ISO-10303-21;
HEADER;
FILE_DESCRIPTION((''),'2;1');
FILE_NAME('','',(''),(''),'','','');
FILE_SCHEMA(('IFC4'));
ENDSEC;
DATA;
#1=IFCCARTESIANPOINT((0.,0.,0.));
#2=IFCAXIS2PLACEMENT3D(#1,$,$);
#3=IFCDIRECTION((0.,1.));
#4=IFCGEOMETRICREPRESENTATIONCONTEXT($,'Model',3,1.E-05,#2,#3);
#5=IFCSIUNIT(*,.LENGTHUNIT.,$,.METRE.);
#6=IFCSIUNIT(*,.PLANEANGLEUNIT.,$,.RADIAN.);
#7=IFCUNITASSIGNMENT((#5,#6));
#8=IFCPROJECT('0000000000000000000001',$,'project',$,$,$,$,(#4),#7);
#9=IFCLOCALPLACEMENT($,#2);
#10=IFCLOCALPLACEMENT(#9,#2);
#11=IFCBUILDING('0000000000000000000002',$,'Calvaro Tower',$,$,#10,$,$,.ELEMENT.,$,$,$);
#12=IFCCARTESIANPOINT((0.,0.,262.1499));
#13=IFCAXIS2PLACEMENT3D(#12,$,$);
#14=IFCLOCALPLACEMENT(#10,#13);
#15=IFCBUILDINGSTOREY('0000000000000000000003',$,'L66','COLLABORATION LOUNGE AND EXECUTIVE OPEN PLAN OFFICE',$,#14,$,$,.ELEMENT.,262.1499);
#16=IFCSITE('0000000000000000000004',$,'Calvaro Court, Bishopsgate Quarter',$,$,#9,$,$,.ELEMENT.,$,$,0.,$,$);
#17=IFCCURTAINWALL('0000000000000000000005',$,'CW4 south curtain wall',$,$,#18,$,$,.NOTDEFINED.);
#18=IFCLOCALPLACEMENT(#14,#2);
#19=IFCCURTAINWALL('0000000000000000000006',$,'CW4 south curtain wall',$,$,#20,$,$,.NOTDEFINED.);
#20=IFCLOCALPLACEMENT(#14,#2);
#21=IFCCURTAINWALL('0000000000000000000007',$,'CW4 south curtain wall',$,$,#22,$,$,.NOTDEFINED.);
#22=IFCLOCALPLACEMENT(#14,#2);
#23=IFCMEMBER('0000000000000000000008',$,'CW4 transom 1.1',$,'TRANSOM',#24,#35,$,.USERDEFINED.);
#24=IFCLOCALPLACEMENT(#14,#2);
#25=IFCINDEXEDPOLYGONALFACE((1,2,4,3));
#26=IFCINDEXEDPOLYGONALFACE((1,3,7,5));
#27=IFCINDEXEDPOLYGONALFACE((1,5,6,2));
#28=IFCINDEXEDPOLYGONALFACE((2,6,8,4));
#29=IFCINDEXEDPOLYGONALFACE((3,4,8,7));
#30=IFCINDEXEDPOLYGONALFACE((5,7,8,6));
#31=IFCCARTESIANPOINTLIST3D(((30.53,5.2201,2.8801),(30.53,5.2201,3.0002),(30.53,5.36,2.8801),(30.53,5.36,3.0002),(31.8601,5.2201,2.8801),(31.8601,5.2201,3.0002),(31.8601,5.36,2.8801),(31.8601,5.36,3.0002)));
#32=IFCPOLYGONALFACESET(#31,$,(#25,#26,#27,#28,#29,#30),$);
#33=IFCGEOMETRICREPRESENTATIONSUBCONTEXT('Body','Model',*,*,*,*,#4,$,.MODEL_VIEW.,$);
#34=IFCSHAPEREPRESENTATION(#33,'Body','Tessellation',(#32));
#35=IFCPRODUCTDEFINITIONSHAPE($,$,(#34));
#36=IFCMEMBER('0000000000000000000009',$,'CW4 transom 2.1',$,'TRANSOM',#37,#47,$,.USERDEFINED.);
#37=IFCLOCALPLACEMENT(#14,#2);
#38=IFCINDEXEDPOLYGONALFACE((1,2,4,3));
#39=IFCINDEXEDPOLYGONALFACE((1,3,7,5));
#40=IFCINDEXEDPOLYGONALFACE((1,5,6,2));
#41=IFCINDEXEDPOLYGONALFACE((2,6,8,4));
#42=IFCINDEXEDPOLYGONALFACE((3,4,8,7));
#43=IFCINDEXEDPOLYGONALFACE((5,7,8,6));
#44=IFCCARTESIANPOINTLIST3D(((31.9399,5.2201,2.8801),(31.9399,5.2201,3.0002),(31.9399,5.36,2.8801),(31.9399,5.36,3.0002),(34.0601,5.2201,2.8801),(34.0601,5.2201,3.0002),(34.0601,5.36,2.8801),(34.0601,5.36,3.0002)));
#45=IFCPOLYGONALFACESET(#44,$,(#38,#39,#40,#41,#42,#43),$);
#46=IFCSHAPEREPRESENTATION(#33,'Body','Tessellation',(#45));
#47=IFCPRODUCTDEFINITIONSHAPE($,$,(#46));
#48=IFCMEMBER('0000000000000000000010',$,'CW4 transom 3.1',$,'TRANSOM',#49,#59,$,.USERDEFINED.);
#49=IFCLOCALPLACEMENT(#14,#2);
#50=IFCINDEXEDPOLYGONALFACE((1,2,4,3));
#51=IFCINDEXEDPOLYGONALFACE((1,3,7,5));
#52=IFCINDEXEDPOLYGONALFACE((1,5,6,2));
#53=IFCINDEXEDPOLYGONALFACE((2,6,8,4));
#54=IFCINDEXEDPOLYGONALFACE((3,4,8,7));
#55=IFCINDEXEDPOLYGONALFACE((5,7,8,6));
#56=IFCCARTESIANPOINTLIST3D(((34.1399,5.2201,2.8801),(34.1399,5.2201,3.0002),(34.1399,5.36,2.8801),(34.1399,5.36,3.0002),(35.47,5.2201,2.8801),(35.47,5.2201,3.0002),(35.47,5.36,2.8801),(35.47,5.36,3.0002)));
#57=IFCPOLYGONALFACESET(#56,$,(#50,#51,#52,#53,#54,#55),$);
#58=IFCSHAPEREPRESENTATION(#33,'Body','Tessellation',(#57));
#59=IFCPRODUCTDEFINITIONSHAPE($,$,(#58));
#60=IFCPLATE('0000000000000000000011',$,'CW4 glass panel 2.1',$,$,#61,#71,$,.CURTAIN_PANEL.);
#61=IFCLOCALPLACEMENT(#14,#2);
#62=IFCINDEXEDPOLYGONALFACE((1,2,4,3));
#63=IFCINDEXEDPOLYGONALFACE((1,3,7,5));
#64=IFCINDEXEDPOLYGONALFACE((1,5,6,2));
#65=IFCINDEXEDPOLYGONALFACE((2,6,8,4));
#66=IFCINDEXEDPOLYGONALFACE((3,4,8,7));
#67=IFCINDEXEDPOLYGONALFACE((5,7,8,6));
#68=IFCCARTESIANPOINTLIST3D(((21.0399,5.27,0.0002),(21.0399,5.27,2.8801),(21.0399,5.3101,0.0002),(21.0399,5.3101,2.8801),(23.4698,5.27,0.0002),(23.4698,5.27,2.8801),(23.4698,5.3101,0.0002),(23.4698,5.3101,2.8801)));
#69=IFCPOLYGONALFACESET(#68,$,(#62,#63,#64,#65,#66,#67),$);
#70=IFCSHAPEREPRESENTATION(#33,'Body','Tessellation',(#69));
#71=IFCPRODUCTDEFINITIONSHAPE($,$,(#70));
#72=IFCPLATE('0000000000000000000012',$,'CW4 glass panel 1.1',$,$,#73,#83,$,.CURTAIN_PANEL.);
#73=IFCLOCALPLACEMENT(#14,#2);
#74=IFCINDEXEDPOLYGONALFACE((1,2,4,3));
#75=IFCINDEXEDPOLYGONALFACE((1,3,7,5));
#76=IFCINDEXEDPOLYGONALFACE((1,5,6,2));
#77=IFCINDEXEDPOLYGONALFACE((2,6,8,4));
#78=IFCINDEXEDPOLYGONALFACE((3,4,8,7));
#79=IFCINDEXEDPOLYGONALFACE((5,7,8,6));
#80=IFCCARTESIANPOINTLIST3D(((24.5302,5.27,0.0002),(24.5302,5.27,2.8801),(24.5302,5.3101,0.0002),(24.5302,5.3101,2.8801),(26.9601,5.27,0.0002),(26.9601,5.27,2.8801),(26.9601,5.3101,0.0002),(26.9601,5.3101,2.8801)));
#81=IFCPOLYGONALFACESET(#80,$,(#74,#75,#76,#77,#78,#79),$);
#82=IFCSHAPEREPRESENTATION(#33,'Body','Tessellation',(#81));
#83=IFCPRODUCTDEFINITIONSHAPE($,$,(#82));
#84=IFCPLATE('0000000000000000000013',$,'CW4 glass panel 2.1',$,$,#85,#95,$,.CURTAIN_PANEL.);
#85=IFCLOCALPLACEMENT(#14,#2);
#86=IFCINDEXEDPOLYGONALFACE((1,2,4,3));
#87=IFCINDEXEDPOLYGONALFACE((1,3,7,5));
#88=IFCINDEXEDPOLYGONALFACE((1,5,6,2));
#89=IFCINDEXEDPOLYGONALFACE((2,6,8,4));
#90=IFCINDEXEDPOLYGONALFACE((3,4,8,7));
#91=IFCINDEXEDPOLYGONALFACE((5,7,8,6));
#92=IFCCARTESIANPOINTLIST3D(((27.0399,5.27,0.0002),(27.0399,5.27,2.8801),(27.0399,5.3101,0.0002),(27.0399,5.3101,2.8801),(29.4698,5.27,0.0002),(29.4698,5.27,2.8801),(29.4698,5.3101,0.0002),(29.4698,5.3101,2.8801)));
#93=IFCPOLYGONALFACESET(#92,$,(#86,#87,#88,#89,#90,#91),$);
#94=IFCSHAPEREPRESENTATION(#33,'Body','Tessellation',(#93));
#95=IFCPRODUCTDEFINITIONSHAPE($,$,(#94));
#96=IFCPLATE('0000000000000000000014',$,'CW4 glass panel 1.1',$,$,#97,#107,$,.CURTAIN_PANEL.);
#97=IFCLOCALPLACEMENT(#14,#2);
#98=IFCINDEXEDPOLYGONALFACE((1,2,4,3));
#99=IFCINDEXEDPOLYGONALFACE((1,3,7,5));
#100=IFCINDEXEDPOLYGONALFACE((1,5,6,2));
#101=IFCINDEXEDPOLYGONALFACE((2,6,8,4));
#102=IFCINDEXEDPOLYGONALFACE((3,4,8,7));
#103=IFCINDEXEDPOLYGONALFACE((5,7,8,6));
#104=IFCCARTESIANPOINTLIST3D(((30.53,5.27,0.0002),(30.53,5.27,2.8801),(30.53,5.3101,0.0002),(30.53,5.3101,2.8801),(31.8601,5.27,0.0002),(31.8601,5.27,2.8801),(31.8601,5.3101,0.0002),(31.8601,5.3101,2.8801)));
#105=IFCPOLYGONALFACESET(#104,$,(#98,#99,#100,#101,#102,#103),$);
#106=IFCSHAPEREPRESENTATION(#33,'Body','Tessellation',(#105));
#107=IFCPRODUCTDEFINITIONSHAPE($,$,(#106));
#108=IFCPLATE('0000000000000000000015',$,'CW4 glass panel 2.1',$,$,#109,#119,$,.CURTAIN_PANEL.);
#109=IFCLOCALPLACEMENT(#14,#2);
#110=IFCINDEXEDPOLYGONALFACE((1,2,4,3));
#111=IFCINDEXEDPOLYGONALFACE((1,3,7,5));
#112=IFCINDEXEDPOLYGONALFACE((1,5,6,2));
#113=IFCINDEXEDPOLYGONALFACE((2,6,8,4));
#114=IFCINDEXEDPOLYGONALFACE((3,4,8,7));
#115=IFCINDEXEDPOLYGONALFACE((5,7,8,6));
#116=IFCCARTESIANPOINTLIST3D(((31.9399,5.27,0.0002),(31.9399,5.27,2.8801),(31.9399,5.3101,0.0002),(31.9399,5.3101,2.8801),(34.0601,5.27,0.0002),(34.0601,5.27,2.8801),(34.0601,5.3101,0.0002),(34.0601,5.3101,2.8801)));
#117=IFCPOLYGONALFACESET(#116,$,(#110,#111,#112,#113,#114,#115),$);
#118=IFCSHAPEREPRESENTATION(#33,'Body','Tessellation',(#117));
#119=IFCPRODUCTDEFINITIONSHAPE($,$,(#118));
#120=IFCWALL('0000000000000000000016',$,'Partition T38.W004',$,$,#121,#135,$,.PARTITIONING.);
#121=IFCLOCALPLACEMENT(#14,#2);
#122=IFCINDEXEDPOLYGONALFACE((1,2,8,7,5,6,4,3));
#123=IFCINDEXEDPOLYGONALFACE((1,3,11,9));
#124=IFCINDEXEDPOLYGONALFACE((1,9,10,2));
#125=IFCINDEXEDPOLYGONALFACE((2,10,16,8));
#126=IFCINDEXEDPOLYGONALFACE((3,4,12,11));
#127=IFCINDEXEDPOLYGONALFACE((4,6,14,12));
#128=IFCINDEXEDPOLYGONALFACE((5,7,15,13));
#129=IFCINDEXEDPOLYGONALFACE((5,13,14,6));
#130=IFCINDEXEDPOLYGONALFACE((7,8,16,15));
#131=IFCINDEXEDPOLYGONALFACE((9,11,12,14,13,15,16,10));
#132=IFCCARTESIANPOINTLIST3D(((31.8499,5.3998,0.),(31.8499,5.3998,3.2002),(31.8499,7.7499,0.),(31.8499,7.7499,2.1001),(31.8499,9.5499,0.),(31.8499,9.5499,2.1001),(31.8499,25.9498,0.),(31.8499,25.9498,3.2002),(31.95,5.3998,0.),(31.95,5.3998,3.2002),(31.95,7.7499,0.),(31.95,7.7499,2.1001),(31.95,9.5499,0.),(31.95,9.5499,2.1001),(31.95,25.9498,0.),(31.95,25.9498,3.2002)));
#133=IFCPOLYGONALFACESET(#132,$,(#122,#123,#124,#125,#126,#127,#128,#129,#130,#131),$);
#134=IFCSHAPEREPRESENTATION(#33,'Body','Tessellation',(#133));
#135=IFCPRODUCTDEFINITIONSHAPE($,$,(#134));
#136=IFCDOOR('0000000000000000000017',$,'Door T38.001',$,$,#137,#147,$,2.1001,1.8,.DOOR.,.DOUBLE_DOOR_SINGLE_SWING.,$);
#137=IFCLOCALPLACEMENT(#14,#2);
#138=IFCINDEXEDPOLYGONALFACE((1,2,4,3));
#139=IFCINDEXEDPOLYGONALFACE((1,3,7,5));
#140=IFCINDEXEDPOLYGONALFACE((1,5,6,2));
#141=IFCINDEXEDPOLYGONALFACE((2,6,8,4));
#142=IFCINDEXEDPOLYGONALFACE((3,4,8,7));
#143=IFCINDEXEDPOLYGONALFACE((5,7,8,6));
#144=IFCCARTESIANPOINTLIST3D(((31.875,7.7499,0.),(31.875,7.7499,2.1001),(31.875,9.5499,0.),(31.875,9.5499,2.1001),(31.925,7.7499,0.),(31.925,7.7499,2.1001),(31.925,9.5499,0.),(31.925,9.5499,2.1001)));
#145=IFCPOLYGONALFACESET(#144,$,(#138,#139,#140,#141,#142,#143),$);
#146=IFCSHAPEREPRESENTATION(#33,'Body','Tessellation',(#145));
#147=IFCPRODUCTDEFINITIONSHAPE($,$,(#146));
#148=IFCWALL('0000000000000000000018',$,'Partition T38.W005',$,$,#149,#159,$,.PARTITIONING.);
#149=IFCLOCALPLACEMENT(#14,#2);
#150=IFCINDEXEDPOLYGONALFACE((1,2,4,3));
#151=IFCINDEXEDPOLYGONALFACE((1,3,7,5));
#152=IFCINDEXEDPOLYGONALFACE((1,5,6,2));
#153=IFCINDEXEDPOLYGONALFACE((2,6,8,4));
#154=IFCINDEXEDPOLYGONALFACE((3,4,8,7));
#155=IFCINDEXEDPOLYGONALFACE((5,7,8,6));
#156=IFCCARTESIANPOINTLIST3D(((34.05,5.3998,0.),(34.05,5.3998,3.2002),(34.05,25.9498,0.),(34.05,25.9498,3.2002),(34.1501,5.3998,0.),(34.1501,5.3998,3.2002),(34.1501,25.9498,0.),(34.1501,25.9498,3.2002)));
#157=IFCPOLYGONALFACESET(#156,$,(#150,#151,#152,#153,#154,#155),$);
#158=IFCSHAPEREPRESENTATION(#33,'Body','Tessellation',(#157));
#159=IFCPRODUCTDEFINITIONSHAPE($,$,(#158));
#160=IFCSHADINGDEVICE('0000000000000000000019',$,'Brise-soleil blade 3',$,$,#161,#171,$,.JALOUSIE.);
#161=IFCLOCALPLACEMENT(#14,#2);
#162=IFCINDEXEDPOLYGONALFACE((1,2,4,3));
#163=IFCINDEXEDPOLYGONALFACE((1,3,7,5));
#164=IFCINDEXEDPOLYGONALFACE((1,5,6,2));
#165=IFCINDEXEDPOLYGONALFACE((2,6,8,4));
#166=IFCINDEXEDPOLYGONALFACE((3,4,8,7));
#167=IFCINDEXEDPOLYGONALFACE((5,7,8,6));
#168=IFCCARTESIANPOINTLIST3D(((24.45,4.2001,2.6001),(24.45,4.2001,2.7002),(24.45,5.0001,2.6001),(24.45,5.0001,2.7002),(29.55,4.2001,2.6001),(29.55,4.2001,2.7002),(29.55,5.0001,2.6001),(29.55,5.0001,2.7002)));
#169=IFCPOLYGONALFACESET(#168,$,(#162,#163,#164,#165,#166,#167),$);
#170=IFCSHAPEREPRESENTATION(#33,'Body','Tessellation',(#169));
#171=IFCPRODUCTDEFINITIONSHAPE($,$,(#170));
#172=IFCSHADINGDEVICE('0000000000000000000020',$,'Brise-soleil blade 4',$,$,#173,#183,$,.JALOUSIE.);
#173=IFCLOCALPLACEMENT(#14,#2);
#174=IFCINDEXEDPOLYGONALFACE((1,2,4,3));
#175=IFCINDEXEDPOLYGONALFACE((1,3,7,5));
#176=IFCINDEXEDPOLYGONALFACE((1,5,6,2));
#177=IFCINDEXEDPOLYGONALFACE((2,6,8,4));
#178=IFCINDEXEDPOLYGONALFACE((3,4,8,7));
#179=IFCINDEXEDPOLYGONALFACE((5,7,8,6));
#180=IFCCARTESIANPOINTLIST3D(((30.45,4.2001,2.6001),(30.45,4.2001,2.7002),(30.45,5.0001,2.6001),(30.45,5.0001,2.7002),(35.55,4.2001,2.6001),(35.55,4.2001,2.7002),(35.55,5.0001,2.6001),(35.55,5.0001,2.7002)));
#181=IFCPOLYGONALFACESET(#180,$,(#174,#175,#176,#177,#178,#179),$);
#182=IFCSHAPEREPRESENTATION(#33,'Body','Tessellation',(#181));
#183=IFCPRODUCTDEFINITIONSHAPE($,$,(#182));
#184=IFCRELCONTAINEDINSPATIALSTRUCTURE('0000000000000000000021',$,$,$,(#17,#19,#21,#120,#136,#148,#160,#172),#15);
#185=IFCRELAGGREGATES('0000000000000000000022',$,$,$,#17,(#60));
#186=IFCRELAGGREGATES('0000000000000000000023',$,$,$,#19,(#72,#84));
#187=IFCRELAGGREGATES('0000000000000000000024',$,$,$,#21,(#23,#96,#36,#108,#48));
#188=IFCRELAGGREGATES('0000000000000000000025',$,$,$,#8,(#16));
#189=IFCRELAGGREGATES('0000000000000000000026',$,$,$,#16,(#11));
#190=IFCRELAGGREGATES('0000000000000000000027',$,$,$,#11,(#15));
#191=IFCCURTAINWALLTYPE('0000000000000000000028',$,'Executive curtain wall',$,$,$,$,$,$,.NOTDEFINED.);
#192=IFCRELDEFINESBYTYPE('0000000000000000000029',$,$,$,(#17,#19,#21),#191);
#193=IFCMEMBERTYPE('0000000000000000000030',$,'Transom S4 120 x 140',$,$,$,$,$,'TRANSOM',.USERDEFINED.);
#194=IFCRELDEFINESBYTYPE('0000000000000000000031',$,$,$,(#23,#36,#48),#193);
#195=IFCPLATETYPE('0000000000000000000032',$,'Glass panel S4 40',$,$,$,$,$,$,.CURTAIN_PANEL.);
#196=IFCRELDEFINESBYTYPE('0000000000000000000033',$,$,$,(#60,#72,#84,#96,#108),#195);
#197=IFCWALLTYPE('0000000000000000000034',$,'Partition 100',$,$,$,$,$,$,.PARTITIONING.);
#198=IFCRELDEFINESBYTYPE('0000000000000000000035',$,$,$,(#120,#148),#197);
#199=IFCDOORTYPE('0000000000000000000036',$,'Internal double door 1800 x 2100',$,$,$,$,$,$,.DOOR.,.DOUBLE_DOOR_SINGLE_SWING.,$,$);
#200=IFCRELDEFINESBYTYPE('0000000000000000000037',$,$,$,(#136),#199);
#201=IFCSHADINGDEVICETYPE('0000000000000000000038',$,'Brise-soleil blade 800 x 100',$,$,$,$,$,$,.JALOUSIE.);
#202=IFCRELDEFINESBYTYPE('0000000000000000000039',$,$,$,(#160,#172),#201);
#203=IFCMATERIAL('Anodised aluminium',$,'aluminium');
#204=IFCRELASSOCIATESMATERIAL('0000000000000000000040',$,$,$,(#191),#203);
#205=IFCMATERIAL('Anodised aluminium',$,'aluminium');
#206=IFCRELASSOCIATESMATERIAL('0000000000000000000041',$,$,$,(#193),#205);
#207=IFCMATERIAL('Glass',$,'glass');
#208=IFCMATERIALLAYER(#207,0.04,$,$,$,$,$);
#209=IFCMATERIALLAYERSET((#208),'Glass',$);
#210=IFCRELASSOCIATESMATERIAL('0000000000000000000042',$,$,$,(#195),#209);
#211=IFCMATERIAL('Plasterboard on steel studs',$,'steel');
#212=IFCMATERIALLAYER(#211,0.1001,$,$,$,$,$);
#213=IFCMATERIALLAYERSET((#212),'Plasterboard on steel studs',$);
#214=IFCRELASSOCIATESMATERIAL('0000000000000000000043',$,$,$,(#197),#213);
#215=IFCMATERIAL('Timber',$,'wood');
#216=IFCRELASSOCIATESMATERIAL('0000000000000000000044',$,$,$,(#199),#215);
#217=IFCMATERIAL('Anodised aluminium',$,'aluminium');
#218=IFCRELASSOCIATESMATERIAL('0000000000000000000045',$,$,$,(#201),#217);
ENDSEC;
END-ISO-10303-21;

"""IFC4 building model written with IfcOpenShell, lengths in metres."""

from ifc_helpers import new_model, si_unit, direction, frame, frame_2d, origin, origin_2d, place, context, subcontext, project, spatial, rectangle, extrude, material, layer, layer_set, material_profile, profile_set, type_object, element, fill, aggregate, save


model = new_model("IFC4")

# Units and contexts
model_context = context("Model", 3, precision=1e-05, world=origin(), true_north=direction((0.0, 1.0)))
body_context = subcontext(model_context, "Body", "Model", "MODEL_VIEW")
ifc_project = project(units=[si_unit("LENGTHUNIT", "METRE"), si_unit("PLANEANGLEUNIT", "RADIAN")], contexts=[model_context])

# Site, building, storey
site_placement = place(None, origin())
site = spatial("IfcSite", under=ifc_project, at=site_placement, Name="Calvaro Court, Bishopsgate Quarter", CompositionType="ELEMENT", RefElevation=0.0)
building_placement = place(site_placement, origin())
building = spatial("IfcBuilding", under=site, at=building_placement, Name="Calvaro Tower", CompositionType="ELEMENT")
storey_placement = place(building_placement, frame((0.0, 0.0, 262.1499)))
storey = spatial("IfcBuildingStorey", under=building, at=storey_placement, Name="L66", Description="COLLABORATION LOUNGE AND EXECUTIVE OPEN PLAN OFFICE", CompositionType="ELEMENT", Elevation=262.1499)

# Curtain walls
ifc_material_1 = material(Name="Anodised aluminium", Category="aluminium")
curtain_wall_type = type_object("IfcCurtainWallType", Name="Executive curtain wall", PredefinedType="NOTDEFINED", material=ifc_material_1)
curtain_wall_1_placement = place(storey_placement, origin())
curtain_wall_1 = element("IfcCurtainWall", 1, at=curtain_wall_1_placement, inside=storey, type_object=curtain_wall_type, Name="CW4 south curtain wall", PredefinedType="NOTDEFINED")
curtain_wall_2_placement = place(storey_placement, origin())
curtain_wall_2 = element("IfcCurtainWall", 2, at=curtain_wall_2_placement, inside=storey, type_object=curtain_wall_type, Name="CW4 south curtain wall", PredefinedType="NOTDEFINED")
curtain_wall_3_placement = place(storey_placement, origin())
curtain_wall_3 = element("IfcCurtainWall", 3, at=curtain_wall_3_placement, inside=storey, type_object=curtain_wall_type, Name="CW4 south curtain wall", PredefinedType="NOTDEFINED")

# Members
ifc_material_2 = material(Name="Anodised aluminium", Category="aluminium")
ifc_material_profile_1 = material_profile(ifc_material_2, rectangle(XDim=0.1399, YDim=0.1201, at=origin_2d()), Name="Transom S4 120 x 140")
ifc_profile_set_1 = profile_set([ifc_material_profile_1], Name="Anodised aluminium")
member_type_1 = type_object("IfcMemberType", Name="Transom S4 120 x 140", ElementType="TRANSOM", PredefinedType="USERDEFINED", material=ifc_profile_set_1)
member_1_placement = place(storey_placement, frame((30.53, 5.29, 2.9402), z_axis=(1.0, 0.0, 0.0), x_axis=(0.0, 1.0, 0.0)))
member_1 = element("IfcMember", 4, at=member_1_placement, type_object=member_type_1, Name="CW4 transom 1.1", ObjectType="TRANSOM", PredefinedType="USERDEFINED", context=body_context, shape_type="SweptSolid", body=[
    extrude(rectangle(XDim=0.1399, YDim=0.1201, at=origin_2d()), origin(), (0.0, 0.0, 1.0), 1.3301),
])
member_2_placement = place(storey_placement, frame((31.9399, 5.29, 2.9402), z_axis=(1.0, 0.0, 0.0), x_axis=(0.0, 1.0, 0.0)))
member_2 = element("IfcMember", 5, at=member_2_placement, type_object=member_type_1, Name="CW4 transom 2.1", ObjectType="TRANSOM", PredefinedType="USERDEFINED", context=body_context, shape_type="SweptSolid", body=[
    extrude(rectangle(XDim=0.1399, YDim=0.1201, at=origin_2d()), origin(), (0.0, 0.0, 1.0), 2.1201),
])
member_3_placement = place(storey_placement, frame((34.1399, 5.29, 2.9402), z_axis=(1.0, 0.0, 0.0), x_axis=(0.0, 1.0, 0.0)))
member_3 = element("IfcMember", 6, at=member_3_placement, type_object=member_type_1, Name="CW4 transom 3.1", ObjectType="TRANSOM", PredefinedType="USERDEFINED", context=body_context, shape_type="SweptSolid", body=[
    extrude(rectangle(XDim=0.1399, YDim=0.1201, at=origin_2d()), origin(), (0.0, 0.0, 1.0), 1.3301),
])

# Plates
ifc_material_3 = material(Name="Glass", Category="glass")
ifc_layer_1 = layer(ifc_material_3, 0.04)
ifc_layer_set_1 = layer_set([ifc_layer_1], Name="Glass")
plate_type = type_object("IfcPlateType", Name="Glass panel S4 40", PredefinedType="CURTAIN_PANEL", material=ifc_layer_set_1)
plate_1_placement = place(storey_placement, frame((22.2549, 5.29, 0.0002), z_axis=(0.0, 0.0, 1.0), x_axis=(1.0, 0.0, 0.0)))
plate_1 = element("IfcPlate", 7, at=plate_1_placement, type_object=plate_type, Name="CW4 glass panel 2.1", PredefinedType="CURTAIN_PANEL", context=body_context, shape_type="SweptSolid", body=[
    extrude(rectangle(XDim=2.4299, YDim=0.04, at=origin_2d()), origin(), (0.0, 0.0, 1.0), 2.8799),
])
aggregate(curtain_wall_1, [plate_1])
plate_2_placement = place(storey_placement, frame((25.7451, 5.29, 0.0002), z_axis=(0.0, 0.0, 1.0), x_axis=(1.0, 0.0, 0.0)))
plate_2 = element("IfcPlate", 8, at=plate_2_placement, type_object=plate_type, Name="CW4 glass panel 1.1", PredefinedType="CURTAIN_PANEL", context=body_context, shape_type="SweptSolid", body=[
    extrude(rectangle(XDim=2.4299, YDim=0.04, at=origin_2d()), origin(), (0.0, 0.0, 1.0), 2.8799),
])
plate_3_placement = place(storey_placement, frame((28.2549, 5.29, 0.0002), z_axis=(0.0, 0.0, 1.0), x_axis=(1.0, 0.0, 0.0)))
plate_3 = element("IfcPlate", 9, at=plate_3_placement, type_object=plate_type, Name="CW4 glass panel 2.1", PredefinedType="CURTAIN_PANEL", context=body_context, shape_type="SweptSolid", body=[
    extrude(rectangle(XDim=2.4299, YDim=0.04, at=origin_2d()), origin(), (0.0, 0.0, 1.0), 2.8799),
])
aggregate(curtain_wall_2, [plate_2, plate_3])
plate_4_placement = place(storey_placement, frame((31.1951, 5.29, 0.0002), z_axis=(0.0, 0.0, 1.0), x_axis=(1.0, 0.0, 0.0)))
plate_4 = element("IfcPlate", 10, at=plate_4_placement, type_object=plate_type, Name="CW4 glass panel 1.1", PredefinedType="CURTAIN_PANEL", context=body_context, shape_type="SweptSolid", body=[
    extrude(rectangle(XDim=1.3301, YDim=0.04, at=origin_2d()), origin(), (0.0, 0.0, 1.0), 2.8799),
])
plate_5_placement = place(storey_placement, frame((33.0, 5.29, 0.0002), z_axis=(0.0, 0.0, 1.0), x_axis=(1.0, 0.0, 0.0)))
plate_5 = element("IfcPlate", 11, at=plate_5_placement, type_object=plate_type, Name="CW4 glass panel 2.1", PredefinedType="CURTAIN_PANEL", context=body_context, shape_type="SweptSolid", body=[
    extrude(rectangle(XDim=2.1201, YDim=0.04, at=origin_2d()), origin(), (0.0, 0.0, 1.0), 2.8799),
])
aggregate(curtain_wall_3, [member_1, plate_4, member_2, plate_5, member_3])

# Wall, opening, door
ifc_material_4 = material(Name="Plasterboard on steel studs", Category="steel")
ifc_layer_2 = layer(ifc_material_4, 0.1001)
ifc_layer_set_2 = layer_set([ifc_layer_2], Name="Plasterboard on steel studs")
wall_type = type_object("IfcWallType", Name="Partition 100", PredefinedType="PARTITIONING", material=ifc_layer_set_2)
wall_1_placement = place(storey_placement, frame((31.8999, 5.3999, 0.0), z_axis=(0.0, 0.0, 1.0), x_axis=(0.0, 1.0, 0.0)))
wall_1 = element("IfcWall", 12, at=wall_1_placement, inside=storey, type_object=wall_type, Name="Partition T38.W004", PredefinedType="PARTITIONING", context=body_context, shape_type="SweptSolid", body=[
    extrude(rectangle(XDim=20.55, YDim=0.1001, at=frame_2d((10.2749, 0.0))), origin(), (0.0, 0.0, 1.0), 3.2002),
])
opening_placement = place(wall_1_placement, frame((2.3501, 0.0, 0.0)))
opening = element("IfcOpeningElement", 13, at=opening_placement, cuts=wall_1, PredefinedType="OPENING", context=body_context, shape_type="SweptSolid", body=[
    extrude(rectangle(XDim=1.8, YDim=2.1001, at=frame_2d((0.8999, 1.05))), frame((0.0, 0.0601, 0.0), z_axis=(0.0, -1.0, 0.0), x_axis=(1.0, 0.0, 0.0)), (0.0, 0.0, 1.0), 0.1201),
])
ifc_material_5 = material(Name="Timber", Category="wood")
door_type = type_object("IfcDoorType", Name="Internal double door 1800 x 2100", OperationType="DOUBLE_DOOR_SINGLE_SWING", PredefinedType="DOOR", material=ifc_material_5)
door_placement = place(opening_placement, origin())
door = element("IfcDoor", 14, at=door_placement, inside=storey, type_object=door_type, Name="Door T38.001", OperationType="DOUBLE_DOOR_SINGLE_SWING", OverallHeight=2.1001, OverallWidth=1.8, PredefinedType="DOOR", context=body_context, shape_type="SweptSolid", body=[
    extrude(rectangle(XDim=1.8, YDim=2.1001, at=frame_2d((0.8999, 1.05))), frame((0.0, 0.0249, 0.0), z_axis=(0.0, -1.0, 0.0), x_axis=(1.0, 0.0, 0.0)), (0.0, 0.0, 1.0), 0.05),
])
fill(opening, door)

# Wall
wall_2_placement = place(storey_placement, frame((34.1001, 5.3999, 0.0), z_axis=(0.0, 0.0, 1.0), x_axis=(0.0, 1.0, 0.0)))
element("IfcWall", 15, at=wall_2_placement, inside=storey, type_object=wall_type, Name="Partition T38.W005", PredefinedType="PARTITIONING", context=body_context, shape_type="SweptSolid", body=[
    extrude(rectangle(XDim=20.55, YDim=0.1001, at=frame_2d((10.2749, 0.0))), origin(), (0.0, 0.0, 1.0), 3.2002),
])

# Shading devices
ifc_material_6 = material(Name="Anodised aluminium", Category="aluminium")
ifc_material_profile_2 = material_profile(ifc_material_6, rectangle(XDim=0.8, YDim=0.1001, at=origin_2d()), Name="Brise-soleil blade 800 x 100")
ifc_profile_set_2 = profile_set([ifc_material_profile_2], Name="Anodised aluminium")
shading_device_type_1 = type_object("IfcShadingDeviceType", Name="Brise-soleil blade 800 x 100", PredefinedType="JALOUSIE", material=ifc_profile_set_2)
for number, where, z_axis, x_axis, name in (
    (16, (24.45, 4.6001, 2.6501), (1.0, 0.0, 0.0), (0.0, 1.0, 0.0), "Brise-soleil blade 3"),
    (17, (30.45, 4.6001, 2.6501), (1.0, 0.0, 0.0), (0.0, 1.0, 0.0), "Brise-soleil blade 4"),
):
    element("IfcShadingDevice", number, at=place(storey_placement, frame(where, z_axis=z_axis, x_axis=x_axis)), inside=storey, type_object=shading_device_type_1, Name=name, PredefinedType="JALOUSIE", context=body_context, shape_type="SweptSolid", body=[
        extrude(rectangle(XDim=0.8, YDim=0.1001, at=origin_2d()), origin(), (0.0, 0.0, 1.0), 5.1001),
    ])

save(model, "model.ifc")
